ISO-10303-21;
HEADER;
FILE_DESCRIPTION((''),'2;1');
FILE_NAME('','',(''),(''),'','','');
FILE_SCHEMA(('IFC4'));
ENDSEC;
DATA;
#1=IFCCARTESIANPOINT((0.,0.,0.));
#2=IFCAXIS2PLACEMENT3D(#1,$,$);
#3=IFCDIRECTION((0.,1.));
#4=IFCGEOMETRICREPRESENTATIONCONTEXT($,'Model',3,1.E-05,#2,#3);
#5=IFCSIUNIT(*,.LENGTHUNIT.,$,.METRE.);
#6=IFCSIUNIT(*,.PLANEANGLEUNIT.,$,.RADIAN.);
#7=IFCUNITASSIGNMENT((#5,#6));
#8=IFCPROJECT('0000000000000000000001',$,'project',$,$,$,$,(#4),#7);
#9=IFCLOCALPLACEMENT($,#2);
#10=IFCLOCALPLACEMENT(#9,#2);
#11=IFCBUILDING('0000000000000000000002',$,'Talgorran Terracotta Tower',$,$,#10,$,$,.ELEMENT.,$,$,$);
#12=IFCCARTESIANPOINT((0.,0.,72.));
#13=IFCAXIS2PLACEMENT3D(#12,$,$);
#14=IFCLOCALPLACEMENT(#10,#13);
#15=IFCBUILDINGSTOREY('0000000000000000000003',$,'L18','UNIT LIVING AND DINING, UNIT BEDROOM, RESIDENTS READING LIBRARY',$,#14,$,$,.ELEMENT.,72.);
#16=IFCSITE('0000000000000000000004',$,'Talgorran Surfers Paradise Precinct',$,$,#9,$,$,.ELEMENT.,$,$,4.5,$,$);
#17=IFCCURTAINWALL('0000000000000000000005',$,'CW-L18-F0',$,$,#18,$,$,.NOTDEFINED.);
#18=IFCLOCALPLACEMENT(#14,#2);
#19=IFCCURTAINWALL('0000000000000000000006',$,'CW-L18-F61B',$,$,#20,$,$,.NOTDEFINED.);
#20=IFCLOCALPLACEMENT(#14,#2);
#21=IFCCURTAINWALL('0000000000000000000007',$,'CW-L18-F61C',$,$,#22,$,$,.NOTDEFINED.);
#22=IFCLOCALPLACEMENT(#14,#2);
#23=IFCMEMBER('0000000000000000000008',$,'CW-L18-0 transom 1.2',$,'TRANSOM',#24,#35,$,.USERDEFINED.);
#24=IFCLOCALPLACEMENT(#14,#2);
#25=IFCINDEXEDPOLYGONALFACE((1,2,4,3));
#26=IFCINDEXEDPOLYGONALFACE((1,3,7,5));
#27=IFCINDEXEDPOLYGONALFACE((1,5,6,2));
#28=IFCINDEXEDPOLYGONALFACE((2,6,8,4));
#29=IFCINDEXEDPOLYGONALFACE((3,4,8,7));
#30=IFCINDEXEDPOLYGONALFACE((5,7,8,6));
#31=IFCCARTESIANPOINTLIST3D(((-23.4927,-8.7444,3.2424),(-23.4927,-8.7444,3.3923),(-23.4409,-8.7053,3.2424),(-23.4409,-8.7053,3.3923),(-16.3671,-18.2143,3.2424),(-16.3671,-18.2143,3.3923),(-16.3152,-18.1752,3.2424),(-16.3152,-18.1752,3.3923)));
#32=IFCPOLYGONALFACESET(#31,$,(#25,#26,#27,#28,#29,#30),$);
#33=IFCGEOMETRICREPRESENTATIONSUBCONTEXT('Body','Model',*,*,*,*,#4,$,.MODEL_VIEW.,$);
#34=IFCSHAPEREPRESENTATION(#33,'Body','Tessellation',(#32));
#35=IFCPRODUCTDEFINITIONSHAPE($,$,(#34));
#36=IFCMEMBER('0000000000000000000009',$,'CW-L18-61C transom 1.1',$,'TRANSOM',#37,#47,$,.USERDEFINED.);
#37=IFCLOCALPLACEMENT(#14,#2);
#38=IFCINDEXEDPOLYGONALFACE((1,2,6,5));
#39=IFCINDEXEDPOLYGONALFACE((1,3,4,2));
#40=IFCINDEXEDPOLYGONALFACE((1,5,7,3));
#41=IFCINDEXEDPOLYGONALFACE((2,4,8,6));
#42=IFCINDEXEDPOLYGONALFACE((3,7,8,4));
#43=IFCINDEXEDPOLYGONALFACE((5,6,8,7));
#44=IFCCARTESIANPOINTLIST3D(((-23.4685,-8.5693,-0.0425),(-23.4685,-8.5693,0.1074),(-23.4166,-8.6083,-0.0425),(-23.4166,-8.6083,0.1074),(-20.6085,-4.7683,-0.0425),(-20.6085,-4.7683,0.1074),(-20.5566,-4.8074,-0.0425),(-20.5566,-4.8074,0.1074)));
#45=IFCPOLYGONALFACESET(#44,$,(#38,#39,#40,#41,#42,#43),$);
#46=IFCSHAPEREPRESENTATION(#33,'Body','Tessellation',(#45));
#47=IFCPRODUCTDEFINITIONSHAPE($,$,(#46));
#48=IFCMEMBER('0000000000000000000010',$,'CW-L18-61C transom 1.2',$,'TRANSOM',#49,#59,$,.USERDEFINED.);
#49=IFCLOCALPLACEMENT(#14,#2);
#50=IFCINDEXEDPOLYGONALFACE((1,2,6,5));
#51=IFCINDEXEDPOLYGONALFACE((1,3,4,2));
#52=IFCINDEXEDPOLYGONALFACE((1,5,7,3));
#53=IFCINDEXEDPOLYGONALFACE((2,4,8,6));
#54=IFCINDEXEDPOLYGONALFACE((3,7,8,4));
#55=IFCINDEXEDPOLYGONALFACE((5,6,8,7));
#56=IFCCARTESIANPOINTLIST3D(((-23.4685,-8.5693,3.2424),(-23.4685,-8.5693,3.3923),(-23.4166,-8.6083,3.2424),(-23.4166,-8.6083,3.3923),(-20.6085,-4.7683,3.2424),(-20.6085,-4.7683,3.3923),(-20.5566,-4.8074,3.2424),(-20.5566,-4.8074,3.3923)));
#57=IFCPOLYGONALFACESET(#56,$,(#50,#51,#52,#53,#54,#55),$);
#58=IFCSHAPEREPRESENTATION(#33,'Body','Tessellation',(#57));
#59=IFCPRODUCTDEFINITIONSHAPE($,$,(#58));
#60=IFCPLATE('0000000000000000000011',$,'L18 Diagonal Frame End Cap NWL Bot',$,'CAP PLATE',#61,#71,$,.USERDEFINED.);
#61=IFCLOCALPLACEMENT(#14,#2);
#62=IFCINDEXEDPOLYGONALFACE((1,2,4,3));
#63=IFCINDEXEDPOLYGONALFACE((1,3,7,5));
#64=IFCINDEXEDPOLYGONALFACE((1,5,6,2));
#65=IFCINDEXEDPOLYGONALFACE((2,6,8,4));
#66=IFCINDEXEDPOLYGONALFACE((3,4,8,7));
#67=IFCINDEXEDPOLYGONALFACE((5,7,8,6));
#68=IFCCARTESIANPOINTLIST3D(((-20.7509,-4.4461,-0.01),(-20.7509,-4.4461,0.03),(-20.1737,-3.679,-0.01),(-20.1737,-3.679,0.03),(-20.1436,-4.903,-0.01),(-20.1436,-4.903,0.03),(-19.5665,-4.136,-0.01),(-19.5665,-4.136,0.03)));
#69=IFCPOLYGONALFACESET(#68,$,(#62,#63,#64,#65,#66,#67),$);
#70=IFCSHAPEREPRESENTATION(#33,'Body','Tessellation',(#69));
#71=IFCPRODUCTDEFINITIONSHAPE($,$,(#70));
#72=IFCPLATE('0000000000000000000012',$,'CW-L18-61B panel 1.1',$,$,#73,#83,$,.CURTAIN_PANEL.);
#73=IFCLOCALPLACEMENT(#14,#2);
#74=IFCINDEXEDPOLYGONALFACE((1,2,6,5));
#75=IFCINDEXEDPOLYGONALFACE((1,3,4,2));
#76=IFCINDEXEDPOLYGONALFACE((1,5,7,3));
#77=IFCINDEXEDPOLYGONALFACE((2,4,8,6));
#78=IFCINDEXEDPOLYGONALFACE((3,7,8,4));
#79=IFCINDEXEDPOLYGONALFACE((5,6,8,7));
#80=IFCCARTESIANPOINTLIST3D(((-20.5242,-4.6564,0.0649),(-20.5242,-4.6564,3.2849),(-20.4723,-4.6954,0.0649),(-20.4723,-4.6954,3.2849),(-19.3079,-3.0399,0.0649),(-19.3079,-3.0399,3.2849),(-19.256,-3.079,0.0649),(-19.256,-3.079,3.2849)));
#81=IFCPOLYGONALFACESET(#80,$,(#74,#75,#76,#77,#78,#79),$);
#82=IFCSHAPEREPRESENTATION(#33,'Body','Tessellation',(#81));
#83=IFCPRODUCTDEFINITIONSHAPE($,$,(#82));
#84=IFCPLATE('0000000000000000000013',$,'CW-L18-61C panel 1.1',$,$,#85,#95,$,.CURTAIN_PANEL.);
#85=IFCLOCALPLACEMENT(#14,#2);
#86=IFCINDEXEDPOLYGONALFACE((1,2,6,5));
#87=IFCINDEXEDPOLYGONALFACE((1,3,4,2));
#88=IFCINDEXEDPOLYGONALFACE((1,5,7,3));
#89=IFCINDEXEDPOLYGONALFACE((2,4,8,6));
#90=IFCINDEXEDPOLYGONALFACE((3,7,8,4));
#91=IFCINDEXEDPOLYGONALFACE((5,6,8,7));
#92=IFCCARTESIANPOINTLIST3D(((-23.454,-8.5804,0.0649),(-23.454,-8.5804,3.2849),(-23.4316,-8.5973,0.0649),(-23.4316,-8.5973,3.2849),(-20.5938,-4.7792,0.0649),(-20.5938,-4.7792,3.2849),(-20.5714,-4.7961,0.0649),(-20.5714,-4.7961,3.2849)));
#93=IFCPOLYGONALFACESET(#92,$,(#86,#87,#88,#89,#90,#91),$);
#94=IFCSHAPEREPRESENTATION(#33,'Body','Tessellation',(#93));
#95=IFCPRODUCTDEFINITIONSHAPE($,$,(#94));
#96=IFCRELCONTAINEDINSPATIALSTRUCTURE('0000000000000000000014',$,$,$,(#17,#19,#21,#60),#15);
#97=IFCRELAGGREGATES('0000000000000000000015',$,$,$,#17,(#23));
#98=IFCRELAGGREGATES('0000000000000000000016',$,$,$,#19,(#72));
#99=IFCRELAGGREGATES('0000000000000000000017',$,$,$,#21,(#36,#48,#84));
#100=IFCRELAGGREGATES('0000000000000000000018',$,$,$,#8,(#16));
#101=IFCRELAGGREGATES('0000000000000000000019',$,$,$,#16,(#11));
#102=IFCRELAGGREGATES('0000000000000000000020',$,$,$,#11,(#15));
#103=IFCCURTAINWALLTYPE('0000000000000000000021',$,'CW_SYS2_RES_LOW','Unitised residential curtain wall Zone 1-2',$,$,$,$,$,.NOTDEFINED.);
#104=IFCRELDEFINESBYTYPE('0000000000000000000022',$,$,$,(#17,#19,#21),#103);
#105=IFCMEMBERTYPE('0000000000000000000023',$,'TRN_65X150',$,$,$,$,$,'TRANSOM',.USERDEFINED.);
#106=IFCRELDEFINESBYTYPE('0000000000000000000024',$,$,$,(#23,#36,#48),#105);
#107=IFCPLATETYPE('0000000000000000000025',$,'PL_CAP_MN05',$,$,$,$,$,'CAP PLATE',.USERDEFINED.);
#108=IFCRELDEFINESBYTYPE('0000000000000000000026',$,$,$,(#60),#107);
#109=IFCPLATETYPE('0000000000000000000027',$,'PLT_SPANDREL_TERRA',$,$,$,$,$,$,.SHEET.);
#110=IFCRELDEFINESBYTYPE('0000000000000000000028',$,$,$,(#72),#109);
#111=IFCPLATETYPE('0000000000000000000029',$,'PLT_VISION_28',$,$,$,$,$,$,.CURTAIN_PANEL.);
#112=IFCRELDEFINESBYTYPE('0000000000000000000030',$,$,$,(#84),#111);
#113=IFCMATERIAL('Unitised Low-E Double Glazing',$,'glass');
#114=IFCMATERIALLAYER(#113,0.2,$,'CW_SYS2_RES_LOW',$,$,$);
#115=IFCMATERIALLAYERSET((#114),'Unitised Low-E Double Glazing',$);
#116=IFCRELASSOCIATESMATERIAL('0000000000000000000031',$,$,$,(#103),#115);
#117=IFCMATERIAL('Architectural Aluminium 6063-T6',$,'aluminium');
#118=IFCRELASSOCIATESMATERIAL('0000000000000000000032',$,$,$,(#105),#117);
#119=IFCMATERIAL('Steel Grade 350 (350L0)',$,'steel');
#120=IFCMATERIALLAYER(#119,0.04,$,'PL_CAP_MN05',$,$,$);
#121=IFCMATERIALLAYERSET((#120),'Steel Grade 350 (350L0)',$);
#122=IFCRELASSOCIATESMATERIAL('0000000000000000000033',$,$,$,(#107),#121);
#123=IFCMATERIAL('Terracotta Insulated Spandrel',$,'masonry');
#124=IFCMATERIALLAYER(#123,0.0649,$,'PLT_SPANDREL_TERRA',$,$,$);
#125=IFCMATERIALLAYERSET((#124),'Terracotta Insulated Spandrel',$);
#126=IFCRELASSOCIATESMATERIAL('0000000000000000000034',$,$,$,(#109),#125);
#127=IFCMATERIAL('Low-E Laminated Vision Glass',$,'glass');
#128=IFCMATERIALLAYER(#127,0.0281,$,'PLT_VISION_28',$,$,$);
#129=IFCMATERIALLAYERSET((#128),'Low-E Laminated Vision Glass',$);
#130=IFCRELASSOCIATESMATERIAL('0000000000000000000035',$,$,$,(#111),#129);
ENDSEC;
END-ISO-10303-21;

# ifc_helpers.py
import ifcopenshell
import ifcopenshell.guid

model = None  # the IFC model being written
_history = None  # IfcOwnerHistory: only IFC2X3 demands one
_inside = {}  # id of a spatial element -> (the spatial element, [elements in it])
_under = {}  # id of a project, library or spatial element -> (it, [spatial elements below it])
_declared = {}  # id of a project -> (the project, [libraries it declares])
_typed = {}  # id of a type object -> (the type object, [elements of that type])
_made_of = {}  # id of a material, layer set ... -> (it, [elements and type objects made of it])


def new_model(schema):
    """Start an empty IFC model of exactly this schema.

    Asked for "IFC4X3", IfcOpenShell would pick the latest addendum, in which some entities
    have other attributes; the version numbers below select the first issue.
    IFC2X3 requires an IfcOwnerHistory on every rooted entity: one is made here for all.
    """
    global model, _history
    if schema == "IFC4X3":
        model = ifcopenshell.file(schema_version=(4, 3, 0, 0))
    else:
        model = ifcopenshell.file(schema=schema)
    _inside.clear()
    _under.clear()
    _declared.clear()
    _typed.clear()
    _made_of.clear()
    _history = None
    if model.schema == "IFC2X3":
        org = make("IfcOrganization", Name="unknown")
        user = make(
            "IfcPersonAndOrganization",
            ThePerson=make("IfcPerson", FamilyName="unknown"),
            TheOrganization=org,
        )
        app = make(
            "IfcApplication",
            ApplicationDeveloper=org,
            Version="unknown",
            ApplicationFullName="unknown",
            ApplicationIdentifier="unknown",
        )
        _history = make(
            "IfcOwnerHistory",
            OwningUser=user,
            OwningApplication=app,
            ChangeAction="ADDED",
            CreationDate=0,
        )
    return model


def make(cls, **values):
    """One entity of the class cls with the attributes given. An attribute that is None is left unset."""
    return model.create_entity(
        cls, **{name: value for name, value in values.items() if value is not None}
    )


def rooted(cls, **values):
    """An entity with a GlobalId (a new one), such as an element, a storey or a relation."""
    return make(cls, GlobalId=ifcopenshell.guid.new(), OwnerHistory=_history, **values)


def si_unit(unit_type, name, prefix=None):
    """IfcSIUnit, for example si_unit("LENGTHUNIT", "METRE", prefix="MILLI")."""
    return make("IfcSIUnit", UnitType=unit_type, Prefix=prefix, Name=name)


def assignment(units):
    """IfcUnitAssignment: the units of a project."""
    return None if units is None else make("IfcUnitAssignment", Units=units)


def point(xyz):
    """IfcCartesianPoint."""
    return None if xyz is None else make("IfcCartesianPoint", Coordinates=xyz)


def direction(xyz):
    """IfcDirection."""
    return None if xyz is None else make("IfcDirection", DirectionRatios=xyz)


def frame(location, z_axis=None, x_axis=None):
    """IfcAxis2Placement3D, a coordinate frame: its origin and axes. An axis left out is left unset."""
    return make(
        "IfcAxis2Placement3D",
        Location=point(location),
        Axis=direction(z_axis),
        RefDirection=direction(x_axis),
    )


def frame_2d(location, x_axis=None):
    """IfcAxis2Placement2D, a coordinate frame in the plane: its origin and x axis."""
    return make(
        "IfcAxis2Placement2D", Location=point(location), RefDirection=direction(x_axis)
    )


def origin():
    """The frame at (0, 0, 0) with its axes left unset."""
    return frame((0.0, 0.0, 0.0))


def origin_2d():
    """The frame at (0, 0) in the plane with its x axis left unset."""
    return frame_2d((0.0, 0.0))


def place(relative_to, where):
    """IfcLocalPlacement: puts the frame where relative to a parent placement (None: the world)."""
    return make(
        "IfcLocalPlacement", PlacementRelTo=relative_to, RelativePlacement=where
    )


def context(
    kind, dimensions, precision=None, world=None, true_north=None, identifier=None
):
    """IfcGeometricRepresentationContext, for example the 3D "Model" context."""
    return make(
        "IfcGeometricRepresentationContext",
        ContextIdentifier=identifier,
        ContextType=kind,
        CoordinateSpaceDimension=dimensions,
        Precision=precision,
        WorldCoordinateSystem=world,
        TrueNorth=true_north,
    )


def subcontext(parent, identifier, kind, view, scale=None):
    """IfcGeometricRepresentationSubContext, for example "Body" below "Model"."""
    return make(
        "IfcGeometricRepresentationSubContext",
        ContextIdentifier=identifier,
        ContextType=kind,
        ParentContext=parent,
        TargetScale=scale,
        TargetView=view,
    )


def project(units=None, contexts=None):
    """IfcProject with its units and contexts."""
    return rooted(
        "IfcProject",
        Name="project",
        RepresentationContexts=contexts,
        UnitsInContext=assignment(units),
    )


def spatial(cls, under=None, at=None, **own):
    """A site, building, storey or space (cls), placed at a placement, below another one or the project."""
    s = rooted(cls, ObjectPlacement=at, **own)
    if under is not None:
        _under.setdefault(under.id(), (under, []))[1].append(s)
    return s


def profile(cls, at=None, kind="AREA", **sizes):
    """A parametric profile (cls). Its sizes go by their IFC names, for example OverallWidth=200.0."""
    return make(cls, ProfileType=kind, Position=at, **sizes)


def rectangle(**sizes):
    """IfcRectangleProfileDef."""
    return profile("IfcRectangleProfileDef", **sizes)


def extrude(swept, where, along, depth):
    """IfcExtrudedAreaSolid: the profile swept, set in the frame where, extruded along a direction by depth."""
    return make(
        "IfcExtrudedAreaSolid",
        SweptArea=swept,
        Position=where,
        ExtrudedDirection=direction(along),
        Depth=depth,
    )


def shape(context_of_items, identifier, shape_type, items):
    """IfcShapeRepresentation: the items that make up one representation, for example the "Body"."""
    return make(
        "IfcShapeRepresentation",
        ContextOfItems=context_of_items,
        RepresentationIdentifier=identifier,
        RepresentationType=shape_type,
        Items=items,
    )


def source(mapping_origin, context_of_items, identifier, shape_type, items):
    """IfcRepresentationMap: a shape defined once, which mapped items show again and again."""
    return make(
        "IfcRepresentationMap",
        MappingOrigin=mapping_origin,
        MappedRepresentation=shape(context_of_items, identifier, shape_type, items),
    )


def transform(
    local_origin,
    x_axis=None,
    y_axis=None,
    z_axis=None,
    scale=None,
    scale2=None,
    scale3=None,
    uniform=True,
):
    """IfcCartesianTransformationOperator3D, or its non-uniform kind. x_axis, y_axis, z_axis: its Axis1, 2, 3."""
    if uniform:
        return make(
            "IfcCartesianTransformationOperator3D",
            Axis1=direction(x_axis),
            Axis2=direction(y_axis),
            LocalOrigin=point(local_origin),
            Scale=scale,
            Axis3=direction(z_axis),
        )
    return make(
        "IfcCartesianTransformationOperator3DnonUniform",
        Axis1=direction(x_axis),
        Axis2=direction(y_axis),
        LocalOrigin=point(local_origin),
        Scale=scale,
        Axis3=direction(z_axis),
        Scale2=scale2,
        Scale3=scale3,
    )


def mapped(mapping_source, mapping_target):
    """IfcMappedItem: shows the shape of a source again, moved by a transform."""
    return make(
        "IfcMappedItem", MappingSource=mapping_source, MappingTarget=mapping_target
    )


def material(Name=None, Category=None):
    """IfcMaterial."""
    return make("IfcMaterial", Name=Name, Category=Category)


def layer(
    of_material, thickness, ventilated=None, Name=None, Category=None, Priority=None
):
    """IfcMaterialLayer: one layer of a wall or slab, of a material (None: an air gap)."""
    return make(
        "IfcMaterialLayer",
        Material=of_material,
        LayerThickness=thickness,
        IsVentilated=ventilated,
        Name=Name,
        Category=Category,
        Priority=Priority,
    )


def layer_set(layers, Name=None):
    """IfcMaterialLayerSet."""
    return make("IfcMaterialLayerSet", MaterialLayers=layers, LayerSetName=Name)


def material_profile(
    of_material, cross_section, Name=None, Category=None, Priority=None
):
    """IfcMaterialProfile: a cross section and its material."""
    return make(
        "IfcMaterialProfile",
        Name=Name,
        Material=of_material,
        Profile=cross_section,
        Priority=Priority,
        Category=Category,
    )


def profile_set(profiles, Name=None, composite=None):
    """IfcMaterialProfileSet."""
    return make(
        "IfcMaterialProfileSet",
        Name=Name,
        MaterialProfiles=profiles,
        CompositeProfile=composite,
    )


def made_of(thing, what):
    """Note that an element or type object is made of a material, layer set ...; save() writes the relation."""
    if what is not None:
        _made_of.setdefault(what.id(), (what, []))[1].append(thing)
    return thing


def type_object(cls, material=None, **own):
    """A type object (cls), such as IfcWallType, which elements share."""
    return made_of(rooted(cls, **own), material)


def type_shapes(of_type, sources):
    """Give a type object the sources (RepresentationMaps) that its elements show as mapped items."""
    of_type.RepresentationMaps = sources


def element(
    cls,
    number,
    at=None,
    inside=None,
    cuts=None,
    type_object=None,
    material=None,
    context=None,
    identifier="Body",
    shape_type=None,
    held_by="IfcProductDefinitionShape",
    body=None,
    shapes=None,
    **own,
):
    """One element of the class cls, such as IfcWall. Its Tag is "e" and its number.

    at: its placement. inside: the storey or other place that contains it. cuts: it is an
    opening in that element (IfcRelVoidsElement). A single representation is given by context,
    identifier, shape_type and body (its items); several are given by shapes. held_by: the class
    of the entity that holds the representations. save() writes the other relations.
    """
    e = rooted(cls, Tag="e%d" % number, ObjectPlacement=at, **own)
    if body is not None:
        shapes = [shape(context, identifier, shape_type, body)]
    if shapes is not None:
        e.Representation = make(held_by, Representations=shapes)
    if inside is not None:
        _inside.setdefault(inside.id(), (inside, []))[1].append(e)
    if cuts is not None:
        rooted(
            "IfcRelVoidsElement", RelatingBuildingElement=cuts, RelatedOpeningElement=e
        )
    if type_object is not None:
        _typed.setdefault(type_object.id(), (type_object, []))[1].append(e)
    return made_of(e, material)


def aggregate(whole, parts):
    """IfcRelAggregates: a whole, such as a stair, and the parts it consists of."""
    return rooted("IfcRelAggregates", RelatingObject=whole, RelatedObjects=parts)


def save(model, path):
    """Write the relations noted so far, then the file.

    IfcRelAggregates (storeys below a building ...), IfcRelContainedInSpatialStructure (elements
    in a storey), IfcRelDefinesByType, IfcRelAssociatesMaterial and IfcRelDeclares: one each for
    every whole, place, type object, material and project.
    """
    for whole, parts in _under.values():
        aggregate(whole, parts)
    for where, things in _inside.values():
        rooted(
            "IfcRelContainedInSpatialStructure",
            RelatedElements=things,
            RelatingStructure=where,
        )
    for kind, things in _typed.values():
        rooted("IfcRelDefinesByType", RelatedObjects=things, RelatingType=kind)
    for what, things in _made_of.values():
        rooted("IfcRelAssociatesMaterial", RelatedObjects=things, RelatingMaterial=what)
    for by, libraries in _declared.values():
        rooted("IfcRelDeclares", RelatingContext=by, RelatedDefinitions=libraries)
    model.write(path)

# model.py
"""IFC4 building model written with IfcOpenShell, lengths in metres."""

from ifc_helpers import new_model, si_unit, direction, frame, origin, origin_2d, place, context, subcontext, project, spatial, rectangle, extrude, source, transform, mapped, material, layer, layer_set, material_profile, profile_set, type_object, type_shapes, element, aggregate, save


model = new_model("IFC4")

# Units and contexts
model_context = context("Model", 3, precision=1e-05, world=origin(), true_north=direction((0.0, 1.0)))
body_context = subcontext(model_context, "Body", "Model", "MODEL_VIEW")
ifc_project = project(units=[si_unit("LENGTHUNIT", "METRE"), si_unit("PLANEANGLEUNIT", "RADIAN")], contexts=[model_context])

# Site, building, storey
site_placement = place(None, origin())
site = spatial("IfcSite", under=ifc_project, at=site_placement, Name="Talgorran Surfers Paradise Precinct", CompositionType="ELEMENT", RefElevation=4.5)
building_placement = place(site_placement, origin())
building = spatial("IfcBuilding", under=site, at=building_placement, Name="Talgorran Terracotta Tower", CompositionType="ELEMENT")
storey_placement = place(building_placement, frame((0.0, 0.0, 72.0)))
storey = spatial("IfcBuildingStorey", under=building, at=storey_placement, Name="L18", Description="UNIT LIVING AND DINING, UNIT BEDROOM, RESIDENTS READING LIBRARY", CompositionType="ELEMENT", Elevation=72.0)

# Shared definitions
ifc_material_1 = material(Name="Steel Grade 350 (350L0)", Category="steel")

# Curtain walls
ifc_material_2 = material(Name="Unitised Low-E Double Glazing", Category="glass")
ifc_layer_1 = layer(ifc_material_2, 0.2, Name="CW_SYS2_RES_LOW")
ifc_layer_set_1 = layer_set([ifc_layer_1], Name="Unitised Low-E Double Glazing")
curtain_wall_type = type_object("IfcCurtainWallType", Name="CW_SYS2_RES_LOW", Description="Unitised residential curtain wall Zone 1-2", PredefinedType="NOTDEFINED", material=ifc_layer_set_1)
curtain_wall_1_placement = place(storey_placement, origin())
curtain_wall_1 = element("IfcCurtainWall", 1, at=curtain_wall_1_placement, inside=storey, type_object=curtain_wall_type, Name="CW-L18-F0", PredefinedType="NOTDEFINED")
ifc_material_3 = material(Name="Architectural Aluminium 6063-T6", Category="aluminium")
curtain_wall_2_placement = place(storey_placement, origin())
curtain_wall_2 = element("IfcCurtainWall", 2, at=curtain_wall_2_placement, inside=storey, type_object=curtain_wall_type, Name="CW-L18-F61B", PredefinedType="NOTDEFINED")

# Curtain wall
curtain_wall_3_placement = place(storey_placement, origin())
curtain_wall_3 = element("IfcCurtainWall", 3, at=curtain_wall_3_placement, inside=storey, type_object=curtain_wall_type, Name="CW-L18-F61C", PredefinedType="NOTDEFINED")

# Members
ifc_material_profile_1 = material_profile(ifc_material_3, rectangle(XDim=0.0649, YDim=0.1499, at=origin_2d()), Name="CWT65X150")
ifc_profile_set_1 = profile_set([ifc_material_profile_1], Name="Architectural Aluminium 6063-T6")
member_type_1 = type_object("IfcMemberType", Name="TRN_65X150", ElementType="TRANSOM", PredefinedType="USERDEFINED", material=ifc_profile_set_1)
member_1_placement = place(storey_placement, frame((-23.4668, -8.7249, 3.3174), z_axis=(0.601255, -0.799057, 0.0), x_axis=(0.799057, 0.601255, 0.0)))
member_1 = element("IfcMember", 4, at=member_1_placement, type_object=member_type_1, Name="CW-L18-0 transom 1.2", ObjectType="TRANSOM", PredefinedType="USERDEFINED", context=body_context, shape_type="SweptSolid", body=[
    extrude(rectangle(XDim=0.0649, YDim=0.1499, at=origin_2d()), origin(), (0.0, 0.0, 1.0), 11.8513),
])
aggregate(curtain_wall_1, [member_1])
member_2_placement = place(storey_placement, frame((-20.5825, -4.7878, 0.0325), z_axis=(-0.601256, -0.799057, 0.0), x_axis=(0.799057, -0.601256, 0.0)))
member_2 = element("IfcMember", 5, at=member_2_placement, type_object=member_type_1, Name="CW-L18-61C transom 1.1", ObjectType="TRANSOM", PredefinedType="USERDEFINED", context=body_context, shape_type="SweptSolid", body=[
    extrude(rectangle(XDim=0.0649, YDim=0.1499, at=origin_2d()), origin(), (0.0, 0.0, 1.0), 4.7568),
])
member_3_placement = place(storey_placement, frame((-20.5825, -4.7878, 3.3174), z_axis=(-0.601256, -0.799057, 0.0), x_axis=(0.799057, -0.601256, 0.0)))
member_3 = element("IfcMember", 6, at=member_3_placement, type_object=member_type_1, Name="CW-L18-61C transom 1.2", ObjectType="TRANSOM", PredefinedType="USERDEFINED", context=body_context, shape_type="SweptSolid", body=[
    extrude(rectangle(XDim=0.0649, YDim=0.1499, at=origin_2d()), origin(), (0.0, 0.0, 1.0), 4.7568),
])

# Plates
ifc_layer_2 = layer(ifc_material_1, 0.04, Name="PL_CAP_MN05")
ifc_layer_set_2 = layer_set([ifc_layer_2], Name="Steel Grade 350 (350L0)")
plate_type_1 = type_object("IfcPlateType", Name="PL_CAP_MN05", ElementType="CAP PLATE", PredefinedType="USERDEFINED", material=ifc_layer_set_2)
plate_1_placement = place(storey_placement, frame((-20.1587, -4.291, -0.01), z_axis=(0.0, 0.0, 1.0), x_axis=(0.601257, 0.799055, 0.0)))
element("IfcPlate", 7, at=plate_1_placement, inside=storey, type_object=plate_type_1, Name="L18 Diagonal Frame End Cap NWL Bot", ObjectType="CAP PLATE", PredefinedType="USERDEFINED", context=body_context, shape_type="SweptSolid", body=[
    extrude(rectangle(XDim=0.96, YDim=0.76, at=origin_2d()), origin(), (0.0, 0.0, 1.0), 0.04),
])
ifc_material_4 = material(Name="Terracotta Insulated Spandrel", Category="masonry")
ifc_layer_3 = layer(ifc_material_4, 0.0649, Name="PLT_SPANDREL_TERRA")
ifc_layer_set_3 = layer_set([ifc_layer_3], Name="Terracotta Insulated Spandrel")
plate_type_2 = type_object("IfcPlateType", Name="PLT_SPANDREL_TERRA", PredefinedType="SHEET", material=ifc_layer_set_3)
shared_shape_1 = source(origin(), body_context, "Body", "SweptSolid", [
    extrude(rectangle(XDim=2.0229, YDim=0.0649, at=origin_2d()), origin(), (0.0, 0.0, 1.0), 3.22),
])
type_shapes(plate_type_2, [shared_shape_1])
plate_2_placement = place(storey_placement, frame((-19.8901, -3.8677, 0.0649), z_axis=(0.0, 0.0, 1.0), x_axis=(-0.601248, -0.799063, 0.0)))
plate_2 = element("IfcPlate", 8, at=plate_2_placement, type_object=plate_type_2, Name="CW-L18-61B panel 1.1", PredefinedType="CURTAIN_PANEL", context=body_context, shape_type="MappedRepresentation", body=[
    mapped(shared_shape_1, transform((0.0, 0.0, 0.0), scale=1.0)),
])
aggregate(curtain_wall_2, [plate_2])
ifc_material_5 = material(Name="Low-E Laminated Vision Glass", Category="glass")
ifc_layer_4 = layer(ifc_material_5, 0.0281, Name="PLT_VISION_28")
ifc_layer_set_4 = layer_set([ifc_layer_4], Name="Low-E Laminated Vision Glass")
plate_type_3 = type_object("IfcPlateType", Name="PLT_VISION_28", PredefinedType="CURTAIN_PANEL", material=ifc_layer_set_4)
shared_shape_2 = source(origin(), body_context, "Body", "SweptSolid", [
    extrude(rectangle(XDim=4.7571, YDim=0.0281, at=origin_2d()), origin(), (0.0, 0.0, 1.0), 3.22),
])
type_shapes(plate_type_3, [shared_shape_2])
plate_3_placement = place(storey_placement, frame((-22.0127, -6.6882, 0.0649), z_axis=(0.0, 0.0, 1.0), x_axis=(-0.60125, -0.799061, 0.0)))
plate_3 = element("IfcPlate", 9, at=plate_3_placement, type_object=plate_type_3, Name="CW-L18-61C panel 1.1", PredefinedType="CURTAIN_PANEL", context=body_context, shape_type="MappedRepresentation", body=[
    mapped(shared_shape_2, transform((0.0, 0.0, 0.0), scale=1.0)),
])
aggregate(curtain_wall_3, [member_2, member_3, plate_3])

save(model, "model.ifc")
